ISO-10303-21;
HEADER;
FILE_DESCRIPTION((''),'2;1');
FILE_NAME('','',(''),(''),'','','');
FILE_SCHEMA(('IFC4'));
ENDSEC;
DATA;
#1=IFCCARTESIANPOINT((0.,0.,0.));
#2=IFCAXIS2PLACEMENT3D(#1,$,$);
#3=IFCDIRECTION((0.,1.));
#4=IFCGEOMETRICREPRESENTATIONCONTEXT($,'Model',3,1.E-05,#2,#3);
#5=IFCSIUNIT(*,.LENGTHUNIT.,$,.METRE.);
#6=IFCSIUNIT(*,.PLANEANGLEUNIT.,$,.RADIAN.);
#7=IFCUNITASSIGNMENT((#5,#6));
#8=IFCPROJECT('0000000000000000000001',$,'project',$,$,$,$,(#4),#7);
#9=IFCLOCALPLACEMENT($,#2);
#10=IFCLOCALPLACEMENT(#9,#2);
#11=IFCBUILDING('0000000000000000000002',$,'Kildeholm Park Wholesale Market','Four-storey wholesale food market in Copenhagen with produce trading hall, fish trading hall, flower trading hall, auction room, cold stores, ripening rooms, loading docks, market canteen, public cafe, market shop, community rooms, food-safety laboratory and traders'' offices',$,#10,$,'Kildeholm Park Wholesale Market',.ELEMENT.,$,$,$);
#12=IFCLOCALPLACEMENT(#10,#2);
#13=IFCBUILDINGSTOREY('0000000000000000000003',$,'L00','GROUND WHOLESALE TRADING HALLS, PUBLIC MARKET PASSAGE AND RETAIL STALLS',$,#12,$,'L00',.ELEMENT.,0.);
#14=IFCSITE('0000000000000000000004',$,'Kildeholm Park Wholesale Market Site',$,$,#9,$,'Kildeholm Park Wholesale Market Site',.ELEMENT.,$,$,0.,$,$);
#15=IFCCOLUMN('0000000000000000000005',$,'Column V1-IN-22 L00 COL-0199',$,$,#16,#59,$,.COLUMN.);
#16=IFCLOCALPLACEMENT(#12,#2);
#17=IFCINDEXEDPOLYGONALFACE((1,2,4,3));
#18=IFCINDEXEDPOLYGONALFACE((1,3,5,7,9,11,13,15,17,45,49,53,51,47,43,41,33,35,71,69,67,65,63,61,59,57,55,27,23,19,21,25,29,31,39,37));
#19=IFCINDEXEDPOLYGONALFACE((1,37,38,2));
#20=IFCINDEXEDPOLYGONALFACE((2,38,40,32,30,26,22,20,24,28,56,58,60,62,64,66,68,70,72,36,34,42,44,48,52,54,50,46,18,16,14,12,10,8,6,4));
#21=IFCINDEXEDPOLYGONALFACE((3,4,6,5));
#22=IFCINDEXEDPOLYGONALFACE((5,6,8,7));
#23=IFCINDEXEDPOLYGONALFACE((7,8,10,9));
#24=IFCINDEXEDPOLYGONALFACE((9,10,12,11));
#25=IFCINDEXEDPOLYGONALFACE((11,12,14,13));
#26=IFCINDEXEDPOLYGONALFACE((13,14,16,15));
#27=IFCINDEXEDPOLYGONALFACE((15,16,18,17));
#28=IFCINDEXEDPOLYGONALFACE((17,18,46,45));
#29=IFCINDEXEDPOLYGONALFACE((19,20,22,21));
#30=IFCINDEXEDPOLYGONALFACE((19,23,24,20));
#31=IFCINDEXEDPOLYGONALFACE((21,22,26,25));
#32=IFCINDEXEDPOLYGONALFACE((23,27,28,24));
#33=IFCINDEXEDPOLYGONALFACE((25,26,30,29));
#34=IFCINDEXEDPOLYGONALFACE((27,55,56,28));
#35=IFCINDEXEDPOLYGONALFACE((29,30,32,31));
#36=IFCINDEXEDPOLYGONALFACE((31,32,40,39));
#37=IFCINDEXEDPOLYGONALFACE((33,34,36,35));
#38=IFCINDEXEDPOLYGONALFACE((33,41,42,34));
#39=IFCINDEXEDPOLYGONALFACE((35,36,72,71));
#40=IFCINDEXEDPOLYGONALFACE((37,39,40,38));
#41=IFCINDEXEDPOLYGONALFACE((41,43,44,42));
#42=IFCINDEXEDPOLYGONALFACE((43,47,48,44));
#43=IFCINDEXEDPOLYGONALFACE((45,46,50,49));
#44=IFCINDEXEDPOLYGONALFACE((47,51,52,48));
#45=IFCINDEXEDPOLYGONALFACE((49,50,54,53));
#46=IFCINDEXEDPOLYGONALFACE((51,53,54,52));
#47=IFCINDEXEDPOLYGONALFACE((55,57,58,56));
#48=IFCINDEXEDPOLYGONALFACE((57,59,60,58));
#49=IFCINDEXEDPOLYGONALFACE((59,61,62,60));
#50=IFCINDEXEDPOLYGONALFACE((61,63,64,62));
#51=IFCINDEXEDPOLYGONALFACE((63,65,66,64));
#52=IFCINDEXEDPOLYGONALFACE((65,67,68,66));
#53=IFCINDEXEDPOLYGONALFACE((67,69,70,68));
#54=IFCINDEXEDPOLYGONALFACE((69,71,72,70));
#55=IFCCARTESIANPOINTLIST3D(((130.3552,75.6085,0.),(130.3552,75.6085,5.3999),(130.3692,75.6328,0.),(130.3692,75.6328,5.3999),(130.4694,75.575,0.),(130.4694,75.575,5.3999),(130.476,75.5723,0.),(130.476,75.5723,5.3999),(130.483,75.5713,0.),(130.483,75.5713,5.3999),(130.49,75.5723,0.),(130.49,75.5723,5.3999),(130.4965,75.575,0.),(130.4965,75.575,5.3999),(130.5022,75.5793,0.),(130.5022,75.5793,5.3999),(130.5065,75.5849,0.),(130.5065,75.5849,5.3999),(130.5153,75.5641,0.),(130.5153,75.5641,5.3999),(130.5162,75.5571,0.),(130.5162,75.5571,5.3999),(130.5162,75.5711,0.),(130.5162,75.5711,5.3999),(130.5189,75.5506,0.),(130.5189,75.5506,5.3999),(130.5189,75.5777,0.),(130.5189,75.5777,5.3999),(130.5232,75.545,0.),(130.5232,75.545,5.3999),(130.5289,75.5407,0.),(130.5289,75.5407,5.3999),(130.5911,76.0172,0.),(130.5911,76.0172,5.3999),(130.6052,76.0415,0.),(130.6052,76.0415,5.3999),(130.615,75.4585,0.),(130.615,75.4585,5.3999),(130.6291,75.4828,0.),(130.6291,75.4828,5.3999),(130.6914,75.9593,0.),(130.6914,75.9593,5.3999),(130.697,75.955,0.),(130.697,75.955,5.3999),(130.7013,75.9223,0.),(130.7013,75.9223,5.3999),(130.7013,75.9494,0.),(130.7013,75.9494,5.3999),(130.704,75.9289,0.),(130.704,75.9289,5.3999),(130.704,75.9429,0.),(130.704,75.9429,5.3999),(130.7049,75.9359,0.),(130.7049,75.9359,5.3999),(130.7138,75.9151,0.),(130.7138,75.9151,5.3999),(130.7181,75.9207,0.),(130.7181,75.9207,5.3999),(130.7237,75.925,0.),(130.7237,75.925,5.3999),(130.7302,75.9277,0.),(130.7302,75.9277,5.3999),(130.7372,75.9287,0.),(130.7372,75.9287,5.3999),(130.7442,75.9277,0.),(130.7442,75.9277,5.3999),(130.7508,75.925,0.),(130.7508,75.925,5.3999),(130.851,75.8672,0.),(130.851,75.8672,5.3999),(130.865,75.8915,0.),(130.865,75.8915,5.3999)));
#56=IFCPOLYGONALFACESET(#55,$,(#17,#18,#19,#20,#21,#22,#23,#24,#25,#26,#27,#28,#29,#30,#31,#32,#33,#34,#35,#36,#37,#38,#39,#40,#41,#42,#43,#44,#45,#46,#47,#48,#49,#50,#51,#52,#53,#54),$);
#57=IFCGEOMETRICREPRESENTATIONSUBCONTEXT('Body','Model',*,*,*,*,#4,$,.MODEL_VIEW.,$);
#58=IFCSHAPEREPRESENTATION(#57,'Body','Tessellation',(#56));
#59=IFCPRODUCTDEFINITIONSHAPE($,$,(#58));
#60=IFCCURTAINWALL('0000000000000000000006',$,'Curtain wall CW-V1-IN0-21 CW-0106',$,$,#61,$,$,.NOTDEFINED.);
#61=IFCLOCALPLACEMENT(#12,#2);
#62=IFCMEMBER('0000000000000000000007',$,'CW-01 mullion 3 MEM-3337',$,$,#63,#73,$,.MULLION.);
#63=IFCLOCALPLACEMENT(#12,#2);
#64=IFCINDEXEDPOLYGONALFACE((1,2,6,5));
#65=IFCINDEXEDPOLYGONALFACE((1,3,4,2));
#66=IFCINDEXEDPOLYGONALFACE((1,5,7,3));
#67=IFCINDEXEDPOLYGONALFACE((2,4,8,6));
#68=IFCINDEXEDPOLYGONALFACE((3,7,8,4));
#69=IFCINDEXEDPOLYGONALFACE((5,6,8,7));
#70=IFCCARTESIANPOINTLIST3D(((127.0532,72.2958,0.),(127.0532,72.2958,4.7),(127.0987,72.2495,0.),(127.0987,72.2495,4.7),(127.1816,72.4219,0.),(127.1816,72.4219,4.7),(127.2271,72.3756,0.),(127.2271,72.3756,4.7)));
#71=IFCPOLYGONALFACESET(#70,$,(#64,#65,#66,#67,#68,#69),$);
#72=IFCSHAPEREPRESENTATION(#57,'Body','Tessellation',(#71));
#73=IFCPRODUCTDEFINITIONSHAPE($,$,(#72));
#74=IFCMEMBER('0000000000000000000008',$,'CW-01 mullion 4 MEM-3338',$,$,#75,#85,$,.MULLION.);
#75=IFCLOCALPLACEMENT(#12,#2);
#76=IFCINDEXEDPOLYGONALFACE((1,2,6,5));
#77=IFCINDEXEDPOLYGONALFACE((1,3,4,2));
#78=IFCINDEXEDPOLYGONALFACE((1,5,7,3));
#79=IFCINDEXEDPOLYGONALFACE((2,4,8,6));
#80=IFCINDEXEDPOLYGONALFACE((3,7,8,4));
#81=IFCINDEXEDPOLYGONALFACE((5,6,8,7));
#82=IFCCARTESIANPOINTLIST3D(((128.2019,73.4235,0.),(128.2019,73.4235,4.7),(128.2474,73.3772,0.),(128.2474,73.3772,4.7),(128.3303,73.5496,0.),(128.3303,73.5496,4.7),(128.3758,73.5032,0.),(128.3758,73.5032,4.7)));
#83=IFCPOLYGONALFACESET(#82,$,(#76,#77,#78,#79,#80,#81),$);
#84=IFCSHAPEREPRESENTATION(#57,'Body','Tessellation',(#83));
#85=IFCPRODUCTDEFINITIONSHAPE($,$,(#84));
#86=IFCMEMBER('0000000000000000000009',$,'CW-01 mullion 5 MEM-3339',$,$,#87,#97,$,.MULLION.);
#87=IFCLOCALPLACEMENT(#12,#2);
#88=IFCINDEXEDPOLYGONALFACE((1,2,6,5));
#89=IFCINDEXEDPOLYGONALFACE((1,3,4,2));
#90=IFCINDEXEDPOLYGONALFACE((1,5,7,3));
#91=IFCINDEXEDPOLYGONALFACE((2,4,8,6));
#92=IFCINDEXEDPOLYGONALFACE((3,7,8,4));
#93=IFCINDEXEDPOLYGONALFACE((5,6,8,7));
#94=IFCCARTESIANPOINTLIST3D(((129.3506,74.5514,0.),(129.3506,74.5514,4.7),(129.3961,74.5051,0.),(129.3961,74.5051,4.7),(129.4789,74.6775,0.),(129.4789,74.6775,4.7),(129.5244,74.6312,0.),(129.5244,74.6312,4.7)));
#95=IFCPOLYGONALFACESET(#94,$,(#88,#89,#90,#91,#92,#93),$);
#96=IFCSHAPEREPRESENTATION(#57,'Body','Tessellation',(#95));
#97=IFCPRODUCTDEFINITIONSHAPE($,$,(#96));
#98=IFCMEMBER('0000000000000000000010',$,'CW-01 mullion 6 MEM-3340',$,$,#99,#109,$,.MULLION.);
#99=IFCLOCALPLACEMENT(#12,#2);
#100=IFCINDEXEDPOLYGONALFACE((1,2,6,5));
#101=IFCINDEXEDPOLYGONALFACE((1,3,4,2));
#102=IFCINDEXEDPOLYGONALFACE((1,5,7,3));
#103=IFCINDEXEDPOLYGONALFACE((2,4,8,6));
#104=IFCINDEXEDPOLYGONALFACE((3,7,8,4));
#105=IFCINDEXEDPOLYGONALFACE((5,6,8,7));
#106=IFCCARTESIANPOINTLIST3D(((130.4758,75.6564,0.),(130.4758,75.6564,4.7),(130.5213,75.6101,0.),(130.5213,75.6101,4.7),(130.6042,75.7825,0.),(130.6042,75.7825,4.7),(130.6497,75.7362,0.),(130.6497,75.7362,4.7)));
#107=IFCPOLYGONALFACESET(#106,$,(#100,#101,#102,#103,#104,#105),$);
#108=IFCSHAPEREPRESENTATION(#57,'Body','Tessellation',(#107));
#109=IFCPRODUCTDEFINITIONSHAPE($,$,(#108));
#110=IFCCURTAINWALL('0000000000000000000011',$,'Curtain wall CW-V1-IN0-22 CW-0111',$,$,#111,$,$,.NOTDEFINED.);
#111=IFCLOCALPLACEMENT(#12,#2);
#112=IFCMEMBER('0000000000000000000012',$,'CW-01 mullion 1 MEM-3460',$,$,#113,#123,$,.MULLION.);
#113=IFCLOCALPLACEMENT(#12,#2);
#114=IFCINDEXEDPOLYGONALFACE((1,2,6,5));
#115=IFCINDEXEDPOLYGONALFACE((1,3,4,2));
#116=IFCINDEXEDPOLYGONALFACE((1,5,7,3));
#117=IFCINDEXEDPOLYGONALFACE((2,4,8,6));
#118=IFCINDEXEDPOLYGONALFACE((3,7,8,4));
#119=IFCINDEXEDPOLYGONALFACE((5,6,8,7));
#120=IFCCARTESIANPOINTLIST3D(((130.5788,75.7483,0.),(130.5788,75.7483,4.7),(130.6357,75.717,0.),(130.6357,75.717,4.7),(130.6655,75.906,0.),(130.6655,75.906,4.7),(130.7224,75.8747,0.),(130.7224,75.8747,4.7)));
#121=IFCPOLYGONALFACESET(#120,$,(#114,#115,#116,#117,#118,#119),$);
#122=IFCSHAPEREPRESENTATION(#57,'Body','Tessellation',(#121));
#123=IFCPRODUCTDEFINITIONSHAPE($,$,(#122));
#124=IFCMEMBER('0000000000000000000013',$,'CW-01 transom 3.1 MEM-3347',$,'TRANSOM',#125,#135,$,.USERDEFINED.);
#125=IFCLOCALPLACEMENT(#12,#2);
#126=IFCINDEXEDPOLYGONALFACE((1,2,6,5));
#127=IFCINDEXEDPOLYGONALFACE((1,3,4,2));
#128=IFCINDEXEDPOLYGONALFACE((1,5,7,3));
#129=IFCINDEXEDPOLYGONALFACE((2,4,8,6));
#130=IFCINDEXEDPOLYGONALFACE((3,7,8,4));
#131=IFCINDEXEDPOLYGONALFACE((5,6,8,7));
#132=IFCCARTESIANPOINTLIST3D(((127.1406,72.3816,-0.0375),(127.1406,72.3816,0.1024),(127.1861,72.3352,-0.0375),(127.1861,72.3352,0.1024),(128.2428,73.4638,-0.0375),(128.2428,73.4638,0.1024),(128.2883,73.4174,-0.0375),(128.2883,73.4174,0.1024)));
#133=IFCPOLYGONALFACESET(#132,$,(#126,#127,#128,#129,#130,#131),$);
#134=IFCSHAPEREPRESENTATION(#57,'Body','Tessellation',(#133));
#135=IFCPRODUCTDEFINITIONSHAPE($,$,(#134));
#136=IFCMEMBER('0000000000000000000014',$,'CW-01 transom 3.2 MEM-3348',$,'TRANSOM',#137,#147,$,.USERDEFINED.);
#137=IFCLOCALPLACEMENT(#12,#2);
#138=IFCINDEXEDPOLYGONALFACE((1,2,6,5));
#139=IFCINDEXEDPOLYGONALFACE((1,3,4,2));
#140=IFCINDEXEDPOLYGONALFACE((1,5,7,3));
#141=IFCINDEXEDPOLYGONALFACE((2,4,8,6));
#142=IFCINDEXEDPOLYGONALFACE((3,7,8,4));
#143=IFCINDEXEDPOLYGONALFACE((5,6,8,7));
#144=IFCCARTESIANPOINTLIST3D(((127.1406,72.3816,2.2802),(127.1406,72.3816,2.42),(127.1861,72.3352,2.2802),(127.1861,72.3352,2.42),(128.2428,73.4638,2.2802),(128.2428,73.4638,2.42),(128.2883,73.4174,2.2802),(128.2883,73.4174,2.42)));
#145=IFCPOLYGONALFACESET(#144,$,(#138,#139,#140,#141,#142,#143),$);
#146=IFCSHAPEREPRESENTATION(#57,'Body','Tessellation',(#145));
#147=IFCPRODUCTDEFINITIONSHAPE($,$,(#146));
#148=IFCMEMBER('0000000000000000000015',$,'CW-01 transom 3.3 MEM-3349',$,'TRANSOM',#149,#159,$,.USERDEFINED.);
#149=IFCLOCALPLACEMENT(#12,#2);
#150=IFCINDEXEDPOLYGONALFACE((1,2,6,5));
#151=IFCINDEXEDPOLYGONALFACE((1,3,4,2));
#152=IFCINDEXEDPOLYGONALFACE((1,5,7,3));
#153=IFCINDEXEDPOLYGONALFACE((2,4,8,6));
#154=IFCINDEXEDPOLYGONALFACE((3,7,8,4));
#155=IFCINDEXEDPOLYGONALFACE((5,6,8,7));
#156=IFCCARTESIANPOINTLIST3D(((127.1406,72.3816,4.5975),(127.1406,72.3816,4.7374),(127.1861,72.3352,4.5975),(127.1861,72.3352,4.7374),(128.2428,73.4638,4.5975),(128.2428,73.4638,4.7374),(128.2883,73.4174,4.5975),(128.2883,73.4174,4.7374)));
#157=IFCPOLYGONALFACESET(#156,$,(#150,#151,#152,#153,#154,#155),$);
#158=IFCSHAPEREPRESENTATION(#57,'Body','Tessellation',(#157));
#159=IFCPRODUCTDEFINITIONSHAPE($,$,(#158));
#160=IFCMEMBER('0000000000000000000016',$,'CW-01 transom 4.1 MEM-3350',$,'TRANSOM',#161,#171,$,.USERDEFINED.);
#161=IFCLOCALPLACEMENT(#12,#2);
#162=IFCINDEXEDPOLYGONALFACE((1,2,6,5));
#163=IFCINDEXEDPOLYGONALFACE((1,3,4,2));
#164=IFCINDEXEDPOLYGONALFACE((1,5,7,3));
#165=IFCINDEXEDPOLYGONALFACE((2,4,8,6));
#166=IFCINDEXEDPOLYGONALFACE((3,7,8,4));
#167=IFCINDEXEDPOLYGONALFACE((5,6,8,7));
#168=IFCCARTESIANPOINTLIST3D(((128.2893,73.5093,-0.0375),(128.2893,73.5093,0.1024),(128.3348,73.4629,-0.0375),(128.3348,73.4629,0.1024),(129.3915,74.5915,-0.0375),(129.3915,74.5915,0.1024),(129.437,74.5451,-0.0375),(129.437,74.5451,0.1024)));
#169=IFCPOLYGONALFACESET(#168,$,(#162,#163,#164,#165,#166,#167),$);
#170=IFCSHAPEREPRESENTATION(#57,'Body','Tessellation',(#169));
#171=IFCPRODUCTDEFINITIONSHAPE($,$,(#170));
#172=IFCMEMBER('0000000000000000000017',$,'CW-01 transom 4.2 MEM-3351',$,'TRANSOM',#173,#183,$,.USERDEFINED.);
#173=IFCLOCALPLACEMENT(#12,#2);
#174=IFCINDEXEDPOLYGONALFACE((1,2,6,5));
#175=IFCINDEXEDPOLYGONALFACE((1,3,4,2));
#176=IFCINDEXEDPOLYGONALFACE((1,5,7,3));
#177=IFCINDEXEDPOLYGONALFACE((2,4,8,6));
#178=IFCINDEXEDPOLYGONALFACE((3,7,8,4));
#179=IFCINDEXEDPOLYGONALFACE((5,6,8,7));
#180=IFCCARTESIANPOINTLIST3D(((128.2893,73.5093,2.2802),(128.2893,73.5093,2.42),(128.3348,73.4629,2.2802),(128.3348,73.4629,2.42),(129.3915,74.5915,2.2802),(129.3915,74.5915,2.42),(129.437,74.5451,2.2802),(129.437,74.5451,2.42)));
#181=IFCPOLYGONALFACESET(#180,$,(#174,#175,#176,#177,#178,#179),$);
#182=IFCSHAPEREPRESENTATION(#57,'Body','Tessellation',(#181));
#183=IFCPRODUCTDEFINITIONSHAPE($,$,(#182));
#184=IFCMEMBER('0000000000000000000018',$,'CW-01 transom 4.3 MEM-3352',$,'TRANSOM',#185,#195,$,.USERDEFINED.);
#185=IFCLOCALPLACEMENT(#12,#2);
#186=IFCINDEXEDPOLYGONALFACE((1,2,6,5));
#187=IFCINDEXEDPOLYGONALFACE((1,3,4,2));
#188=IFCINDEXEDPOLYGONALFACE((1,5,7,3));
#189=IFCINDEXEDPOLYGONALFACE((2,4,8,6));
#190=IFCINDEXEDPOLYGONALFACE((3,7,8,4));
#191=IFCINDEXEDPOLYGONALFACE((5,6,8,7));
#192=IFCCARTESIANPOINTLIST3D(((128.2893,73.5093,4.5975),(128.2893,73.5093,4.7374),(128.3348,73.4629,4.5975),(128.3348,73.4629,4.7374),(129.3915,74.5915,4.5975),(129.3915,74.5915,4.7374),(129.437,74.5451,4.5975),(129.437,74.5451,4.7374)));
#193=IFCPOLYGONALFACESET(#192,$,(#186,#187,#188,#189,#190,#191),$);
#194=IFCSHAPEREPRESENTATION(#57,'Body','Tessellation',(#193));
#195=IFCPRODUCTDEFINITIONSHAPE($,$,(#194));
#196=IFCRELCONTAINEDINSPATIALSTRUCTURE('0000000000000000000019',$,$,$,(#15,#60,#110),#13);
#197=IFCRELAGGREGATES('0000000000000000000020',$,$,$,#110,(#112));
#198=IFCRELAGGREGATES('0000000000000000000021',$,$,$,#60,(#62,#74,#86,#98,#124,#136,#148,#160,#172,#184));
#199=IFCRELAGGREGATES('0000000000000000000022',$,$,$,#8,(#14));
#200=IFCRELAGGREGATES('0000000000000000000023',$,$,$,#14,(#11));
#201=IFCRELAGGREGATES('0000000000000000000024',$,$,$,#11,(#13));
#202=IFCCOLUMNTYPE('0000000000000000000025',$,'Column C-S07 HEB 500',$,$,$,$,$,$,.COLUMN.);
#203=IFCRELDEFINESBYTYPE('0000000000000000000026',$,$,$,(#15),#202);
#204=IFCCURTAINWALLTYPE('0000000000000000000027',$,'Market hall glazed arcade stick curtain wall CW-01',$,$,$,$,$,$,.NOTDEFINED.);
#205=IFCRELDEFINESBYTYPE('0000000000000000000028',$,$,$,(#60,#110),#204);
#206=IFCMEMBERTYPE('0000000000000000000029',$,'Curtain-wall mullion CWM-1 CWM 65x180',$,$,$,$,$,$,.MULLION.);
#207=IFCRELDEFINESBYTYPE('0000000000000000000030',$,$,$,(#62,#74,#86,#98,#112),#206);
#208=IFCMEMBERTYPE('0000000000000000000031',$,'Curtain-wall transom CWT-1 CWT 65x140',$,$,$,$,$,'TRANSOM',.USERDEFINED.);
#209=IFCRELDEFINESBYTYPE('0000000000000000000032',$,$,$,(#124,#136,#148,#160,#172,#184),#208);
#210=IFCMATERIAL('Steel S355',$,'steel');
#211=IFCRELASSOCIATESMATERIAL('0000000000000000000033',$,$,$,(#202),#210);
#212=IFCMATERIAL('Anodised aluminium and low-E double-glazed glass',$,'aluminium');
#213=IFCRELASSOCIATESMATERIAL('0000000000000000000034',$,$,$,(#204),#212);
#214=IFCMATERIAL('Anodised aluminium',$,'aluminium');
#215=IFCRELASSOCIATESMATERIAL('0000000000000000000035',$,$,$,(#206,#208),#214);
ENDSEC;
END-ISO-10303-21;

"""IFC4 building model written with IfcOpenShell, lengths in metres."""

from ifc_helpers import new_model, si_unit, direction, frame, origin, origin_2d, place, context, subcontext, project, spatial, rectangle, i_section, extrude, material, material_profile, profile_set, type_object, element, aggregate, save


model = new_model("IFC4")

# Units and contexts
model_context = context("Model", 3, precision=1e-05, world=origin(), true_north=direction((0.0, 1.0)))
body_context = subcontext(model_context, "Body", "Model", "MODEL_VIEW")
ifc_project = project(units=[si_unit("LENGTHUNIT", "METRE"), si_unit("PLANEANGLEUNIT", "RADIAN")], contexts=[model_context])

# Site, building, storey
site_placement = place(None, origin())
site = spatial("IfcSite", under=ifc_project, at=site_placement, Name="Kildeholm Park Wholesale Market Site", LongName="Kildeholm Park Wholesale Market Site", CompositionType="ELEMENT", RefElevation=0.0)
building_placement = place(site_placement, origin())
building = spatial("IfcBuilding", under=site, at=building_placement, Name="Kildeholm Park Wholesale Market", Description="Four-storey wholesale food market in Copenhagen with produce trading hall, fish trading hall, flower trading hall, auction room, cold stores, ripening rooms, loading docks, market canteen, public cafe, market shop, community rooms, food-safety laboratory and traders' offices", LongName="Kildeholm Park Wholesale Market", CompositionType="ELEMENT")
storey_placement = place(building_placement, origin())
storey = spatial("IfcBuildingStorey", under=building, at=storey_placement, Name="L00", Description="GROUND WHOLESALE TRADING HALLS, PUBLIC MARKET PASSAGE AND RETAIL STALLS", LongName="L00", CompositionType="ELEMENT", Elevation=0.0)

# Column
ifc_material_1 = material(Name="Steel S355", Category="steel")
ifc_material_profile_1 = material_profile(ifc_material_1, i_section(OverallWidth=0.3, OverallDepth=0.5, WebThickness=0.0144, FlangeThickness=0.0281, FilletRadius=0.0271, at=origin_2d()), Name="HEB 500")
ifc_profile_set_1 = profile_set([ifc_material_profile_1], Name="Steel S355")
column_type = type_object("IfcColumnType", Name="Column C-S07 HEB 500", PredefinedType="COLUMN", material=ifc_profile_set_1)
column_placement = place(storey_placement, frame((130.6101, 75.75, 0.0), z_axis=(0.0, 0.0, 1.0), x_axis=(0.866025, -0.5, 0.0)))
element("IfcColumn", 1, at=column_placement, inside=storey, type_object=column_type, Name="Column V1-IN-22 L00 COL-0199", PredefinedType="COLUMN", context=body_context, shape_type="SweptSolid", body=[
    extrude(i_section(OverallWidth=0.3, OverallDepth=0.5, WebThickness=0.0144, FlangeThickness=0.0281, FilletRadius=0.0271, at=origin_2d()), origin(), (0.0, 0.0, 1.0), 5.3999),
])

# Curtain wall, members
ifc_material_2 = material(Name="Anodised aluminium and low-E double-glazed glass", Category="aluminium")
curtain_wall_type = type_object("IfcCurtainWallType", Name="Market hall glazed arcade stick curtain wall CW-01", PredefinedType="NOTDEFINED", material=ifc_material_2)
curtain_wall_1_placement = place(storey_placement, origin())
curtain_wall_1 = element("IfcCurtainWall", 2, at=curtain_wall_1_placement, inside=storey, type_object=curtain_wall_type, Name="Curtain wall CW-V1-IN0-21 CW-0106", PredefinedType="NOTDEFINED")
ifc_material_3 = material(Name="Anodised aluminium", Category="aluminium")
ifc_material_profile_2 = material_profile(ifc_material_3, rectangle(XDim=0.0649, YDim=0.1799, at=origin_2d()), Name="CWM 65x180")
ifc_profile_set_2 = profile_set([ifc_material_profile_2], Name="Anodised aluminium")
member_type_1 = type_object("IfcMemberType", Name="Curtain-wall mullion CWM-1 CWM 65x180", PredefinedType="MULLION", material=ifc_profile_set_2)
member_1_placement = place(storey_placement, frame((127.1401, 72.3357, 0.0), z_axis=(0.0, 0.0, 1.0), x_axis=(-0.700617, 0.713538, 0.0)))
member_1 = element("IfcMember", 3, at=member_1_placement, type_object=member_type_1, Name="CW-01 mullion 3 MEM-3337", PredefinedType="MULLION", context=body_context, shape_type="SweptSolid", body=[
    extrude(rectangle(XDim=0.0649, YDim=0.1799, at=origin_2d()), origin(), (0.0, 0.0, 1.0), 4.7),
])
member_2_placement = place(storey_placement, frame((128.2888, 73.4634, 0.0), z_axis=(0.0, 0.0, 1.0), x_axis=(-0.700617, 0.713538, 0.0)))
member_2 = element("IfcMember", 4, at=member_2_placement, type_object=member_type_1, Name="CW-01 mullion 4 MEM-3338", PredefinedType="MULLION", context=body_context, shape_type="SweptSolid", body=[
    extrude(rectangle(XDim=0.0649, YDim=0.1799, at=origin_2d()), origin(), (0.0, 0.0, 1.0), 4.7),
])
member_3_placement = place(storey_placement, frame((129.4375, 74.5913, 0.0), z_axis=(0.0, 0.0, 1.0), x_axis=(-0.700617, 0.713538, 0.0)))
member_3 = element("IfcMember", 5, at=member_3_placement, type_object=member_type_1, Name="CW-01 mullion 5 MEM-3339", PredefinedType="MULLION", context=body_context, shape_type="SweptSolid", body=[
    extrude(rectangle(XDim=0.0649, YDim=0.1799, at=origin_2d()), origin(), (0.0, 0.0, 1.0), 4.7),
])
member_4_placement = place(storey_placement, frame((130.5627, 75.6963, 0.0), z_axis=(0.0, 0.0, 1.0), x_axis=(-0.700617, 0.713538, 0.0)))
member_4 = element("IfcMember", 6, at=member_4_placement, type_object=member_type_1, Name="CW-01 mullion 6 MEM-3340", PredefinedType="MULLION", context=body_context, shape_type="SweptSolid", body=[
    extrude(rectangle(XDim=0.0649, YDim=0.1799, at=origin_2d()), origin(), (0.0, 0.0, 1.0), 4.7),
])

# Curtain wall, member
curtain_wall_2_placement = place(storey_placement, origin())
curtain_wall_2 = element("IfcCurtainWall", 7, at=curtain_wall_2_placement, inside=storey, type_object=curtain_wall_type, Name="Curtain wall CW-V1-IN0-22 CW-0111", PredefinedType="NOTDEFINED")
member_5_placement = place(storey_placement, frame((130.6506, 75.8115, 0.0), z_axis=(0.0, 0.0, 1.0), x_axis=(-0.876309, 0.48175, 0.0)))
member_5 = element("IfcMember", 8, at=member_5_placement, type_object=member_type_1, Name="CW-01 mullion 1 MEM-3460", PredefinedType="MULLION", context=body_context, shape_type="SweptSolid", body=[
    extrude(rectangle(XDim=0.0649, YDim=0.1799, at=origin_2d()), origin(), (0.0, 0.0, 1.0), 4.7),
])

# Members
ifc_material_profile_3 = material_profile(ifc_material_3, rectangle(XDim=0.0649, YDim=0.1399, at=origin_2d()), Name="CWT 65x140")
ifc_profile_set_3 = profile_set([ifc_material_profile_3], Name="Anodised aluminium")
member_type_2 = type_object("IfcMemberType", Name="Curtain-wall transom CWT-1 CWT 65x140", ElementType="TRANSOM", PredefinedType="USERDEFINED", material=ifc_profile_set_3)
member_6_placement = place(storey_placement, frame((127.1633, 72.3584, 0.0325), z_axis=(0.713557, 0.700597, 0.0), x_axis=(-0.700597, 0.713557, 0.0)))
member_6 = element("IfcMember", 9, at=member_6_placement, type_object=member_type_2, Name="CW-01 transom 3.1 MEM-3347", ObjectType="TRANSOM", PredefinedType="USERDEFINED", context=body_context, shape_type="SweptSolid", body=[
    extrude(rectangle(XDim=0.0649, YDim=0.1399, at=origin_2d()), origin(), (0.0, 0.0, 1.0), 1.5447),
])
member_7_placement = place(storey_placement, frame((127.1633, 72.3584, 2.3501), z_axis=(0.713557, 0.700597, 0.0), x_axis=(-0.700597, 0.713557, 0.0)))
member_7 = element("IfcMember", 10, at=member_7_placement, type_object=member_type_2, Name="CW-01 transom 3.2 MEM-3348", ObjectType="TRANSOM", PredefinedType="USERDEFINED", context=body_context, shape_type="SweptSolid", body=[
    extrude(rectangle(XDim=0.0649, YDim=0.1399, at=origin_2d()), origin(), (0.0, 0.0, 1.0), 1.5447),
])
member_8_placement = place(storey_placement, frame((127.1633, 72.3584, 4.6675), z_axis=(0.713557, 0.700597, 0.0), x_axis=(-0.700597, 0.713557, 0.0)))
member_8 = element("IfcMember", 11, at=member_8_placement, type_object=member_type_2, Name="CW-01 transom 3.3 MEM-3349", ObjectType="TRANSOM", PredefinedType="USERDEFINED", context=body_context, shape_type="SweptSolid", body=[
    extrude(rectangle(XDim=0.0649, YDim=0.1399, at=origin_2d()), origin(), (0.0, 0.0, 1.0), 1.5447),
])
member_9_placement = place(storey_placement, frame((128.312, 73.4861, 0.0325), z_axis=(0.713557, 0.700597, 0.0), x_axis=(-0.700597, 0.713557, 0.0)))
member_9 = element("IfcMember", 12, at=member_9_placement, type_object=member_type_2, Name="CW-01 transom 4.1 MEM-3350", ObjectType="TRANSOM", PredefinedType="USERDEFINED", context=body_context, shape_type="SweptSolid", body=[
    extrude(rectangle(XDim=0.0649, YDim=0.1399, at=origin_2d()), origin(), (0.0, 0.0, 1.0), 1.5447),
])
member_10_placement = place(storey_placement, frame((128.312, 73.4861, 2.3501), z_axis=(0.713557, 0.700597, 0.0), x_axis=(-0.700597, 0.713557, 0.0)))
member_10 = element("IfcMember", 13, at=member_10_placement, type_object=member_type_2, Name="CW-01 transom 4.2 MEM-3351", ObjectType="TRANSOM", PredefinedType="USERDEFINED", context=body_context, shape_type="SweptSolid", body=[
    extrude(rectangle(XDim=0.0649, YDim=0.1399, at=origin_2d()), origin(), (0.0, 0.0, 1.0), 1.5447),
])
member_11_placement = place(storey_placement, frame((128.312, 73.4861, 4.6675), z_axis=(0.713557, 0.700597, 0.0), x_axis=(-0.700597, 0.713557, 0.0)))
member_11 = element("IfcMember", 14, at=member_11_placement, type_object=member_type_2, Name="CW-01 transom 4.3 MEM-3352", ObjectType="TRANSOM", PredefinedType="USERDEFINED", context=body_context, shape_type="SweptSolid", body=[
    extrude(rectangle(XDim=0.0649, YDim=0.1399, at=origin_2d()), origin(), (0.0, 0.0, 1.0), 1.5447),
])
aggregate(curtain_wall_2, [member_5])

aggregate(curtain_wall_1, [member_1, member_2, member_3, member_4, member_6, member_7, member_8, member_9, member_10, member_11])

save(model, "model.ifc")
